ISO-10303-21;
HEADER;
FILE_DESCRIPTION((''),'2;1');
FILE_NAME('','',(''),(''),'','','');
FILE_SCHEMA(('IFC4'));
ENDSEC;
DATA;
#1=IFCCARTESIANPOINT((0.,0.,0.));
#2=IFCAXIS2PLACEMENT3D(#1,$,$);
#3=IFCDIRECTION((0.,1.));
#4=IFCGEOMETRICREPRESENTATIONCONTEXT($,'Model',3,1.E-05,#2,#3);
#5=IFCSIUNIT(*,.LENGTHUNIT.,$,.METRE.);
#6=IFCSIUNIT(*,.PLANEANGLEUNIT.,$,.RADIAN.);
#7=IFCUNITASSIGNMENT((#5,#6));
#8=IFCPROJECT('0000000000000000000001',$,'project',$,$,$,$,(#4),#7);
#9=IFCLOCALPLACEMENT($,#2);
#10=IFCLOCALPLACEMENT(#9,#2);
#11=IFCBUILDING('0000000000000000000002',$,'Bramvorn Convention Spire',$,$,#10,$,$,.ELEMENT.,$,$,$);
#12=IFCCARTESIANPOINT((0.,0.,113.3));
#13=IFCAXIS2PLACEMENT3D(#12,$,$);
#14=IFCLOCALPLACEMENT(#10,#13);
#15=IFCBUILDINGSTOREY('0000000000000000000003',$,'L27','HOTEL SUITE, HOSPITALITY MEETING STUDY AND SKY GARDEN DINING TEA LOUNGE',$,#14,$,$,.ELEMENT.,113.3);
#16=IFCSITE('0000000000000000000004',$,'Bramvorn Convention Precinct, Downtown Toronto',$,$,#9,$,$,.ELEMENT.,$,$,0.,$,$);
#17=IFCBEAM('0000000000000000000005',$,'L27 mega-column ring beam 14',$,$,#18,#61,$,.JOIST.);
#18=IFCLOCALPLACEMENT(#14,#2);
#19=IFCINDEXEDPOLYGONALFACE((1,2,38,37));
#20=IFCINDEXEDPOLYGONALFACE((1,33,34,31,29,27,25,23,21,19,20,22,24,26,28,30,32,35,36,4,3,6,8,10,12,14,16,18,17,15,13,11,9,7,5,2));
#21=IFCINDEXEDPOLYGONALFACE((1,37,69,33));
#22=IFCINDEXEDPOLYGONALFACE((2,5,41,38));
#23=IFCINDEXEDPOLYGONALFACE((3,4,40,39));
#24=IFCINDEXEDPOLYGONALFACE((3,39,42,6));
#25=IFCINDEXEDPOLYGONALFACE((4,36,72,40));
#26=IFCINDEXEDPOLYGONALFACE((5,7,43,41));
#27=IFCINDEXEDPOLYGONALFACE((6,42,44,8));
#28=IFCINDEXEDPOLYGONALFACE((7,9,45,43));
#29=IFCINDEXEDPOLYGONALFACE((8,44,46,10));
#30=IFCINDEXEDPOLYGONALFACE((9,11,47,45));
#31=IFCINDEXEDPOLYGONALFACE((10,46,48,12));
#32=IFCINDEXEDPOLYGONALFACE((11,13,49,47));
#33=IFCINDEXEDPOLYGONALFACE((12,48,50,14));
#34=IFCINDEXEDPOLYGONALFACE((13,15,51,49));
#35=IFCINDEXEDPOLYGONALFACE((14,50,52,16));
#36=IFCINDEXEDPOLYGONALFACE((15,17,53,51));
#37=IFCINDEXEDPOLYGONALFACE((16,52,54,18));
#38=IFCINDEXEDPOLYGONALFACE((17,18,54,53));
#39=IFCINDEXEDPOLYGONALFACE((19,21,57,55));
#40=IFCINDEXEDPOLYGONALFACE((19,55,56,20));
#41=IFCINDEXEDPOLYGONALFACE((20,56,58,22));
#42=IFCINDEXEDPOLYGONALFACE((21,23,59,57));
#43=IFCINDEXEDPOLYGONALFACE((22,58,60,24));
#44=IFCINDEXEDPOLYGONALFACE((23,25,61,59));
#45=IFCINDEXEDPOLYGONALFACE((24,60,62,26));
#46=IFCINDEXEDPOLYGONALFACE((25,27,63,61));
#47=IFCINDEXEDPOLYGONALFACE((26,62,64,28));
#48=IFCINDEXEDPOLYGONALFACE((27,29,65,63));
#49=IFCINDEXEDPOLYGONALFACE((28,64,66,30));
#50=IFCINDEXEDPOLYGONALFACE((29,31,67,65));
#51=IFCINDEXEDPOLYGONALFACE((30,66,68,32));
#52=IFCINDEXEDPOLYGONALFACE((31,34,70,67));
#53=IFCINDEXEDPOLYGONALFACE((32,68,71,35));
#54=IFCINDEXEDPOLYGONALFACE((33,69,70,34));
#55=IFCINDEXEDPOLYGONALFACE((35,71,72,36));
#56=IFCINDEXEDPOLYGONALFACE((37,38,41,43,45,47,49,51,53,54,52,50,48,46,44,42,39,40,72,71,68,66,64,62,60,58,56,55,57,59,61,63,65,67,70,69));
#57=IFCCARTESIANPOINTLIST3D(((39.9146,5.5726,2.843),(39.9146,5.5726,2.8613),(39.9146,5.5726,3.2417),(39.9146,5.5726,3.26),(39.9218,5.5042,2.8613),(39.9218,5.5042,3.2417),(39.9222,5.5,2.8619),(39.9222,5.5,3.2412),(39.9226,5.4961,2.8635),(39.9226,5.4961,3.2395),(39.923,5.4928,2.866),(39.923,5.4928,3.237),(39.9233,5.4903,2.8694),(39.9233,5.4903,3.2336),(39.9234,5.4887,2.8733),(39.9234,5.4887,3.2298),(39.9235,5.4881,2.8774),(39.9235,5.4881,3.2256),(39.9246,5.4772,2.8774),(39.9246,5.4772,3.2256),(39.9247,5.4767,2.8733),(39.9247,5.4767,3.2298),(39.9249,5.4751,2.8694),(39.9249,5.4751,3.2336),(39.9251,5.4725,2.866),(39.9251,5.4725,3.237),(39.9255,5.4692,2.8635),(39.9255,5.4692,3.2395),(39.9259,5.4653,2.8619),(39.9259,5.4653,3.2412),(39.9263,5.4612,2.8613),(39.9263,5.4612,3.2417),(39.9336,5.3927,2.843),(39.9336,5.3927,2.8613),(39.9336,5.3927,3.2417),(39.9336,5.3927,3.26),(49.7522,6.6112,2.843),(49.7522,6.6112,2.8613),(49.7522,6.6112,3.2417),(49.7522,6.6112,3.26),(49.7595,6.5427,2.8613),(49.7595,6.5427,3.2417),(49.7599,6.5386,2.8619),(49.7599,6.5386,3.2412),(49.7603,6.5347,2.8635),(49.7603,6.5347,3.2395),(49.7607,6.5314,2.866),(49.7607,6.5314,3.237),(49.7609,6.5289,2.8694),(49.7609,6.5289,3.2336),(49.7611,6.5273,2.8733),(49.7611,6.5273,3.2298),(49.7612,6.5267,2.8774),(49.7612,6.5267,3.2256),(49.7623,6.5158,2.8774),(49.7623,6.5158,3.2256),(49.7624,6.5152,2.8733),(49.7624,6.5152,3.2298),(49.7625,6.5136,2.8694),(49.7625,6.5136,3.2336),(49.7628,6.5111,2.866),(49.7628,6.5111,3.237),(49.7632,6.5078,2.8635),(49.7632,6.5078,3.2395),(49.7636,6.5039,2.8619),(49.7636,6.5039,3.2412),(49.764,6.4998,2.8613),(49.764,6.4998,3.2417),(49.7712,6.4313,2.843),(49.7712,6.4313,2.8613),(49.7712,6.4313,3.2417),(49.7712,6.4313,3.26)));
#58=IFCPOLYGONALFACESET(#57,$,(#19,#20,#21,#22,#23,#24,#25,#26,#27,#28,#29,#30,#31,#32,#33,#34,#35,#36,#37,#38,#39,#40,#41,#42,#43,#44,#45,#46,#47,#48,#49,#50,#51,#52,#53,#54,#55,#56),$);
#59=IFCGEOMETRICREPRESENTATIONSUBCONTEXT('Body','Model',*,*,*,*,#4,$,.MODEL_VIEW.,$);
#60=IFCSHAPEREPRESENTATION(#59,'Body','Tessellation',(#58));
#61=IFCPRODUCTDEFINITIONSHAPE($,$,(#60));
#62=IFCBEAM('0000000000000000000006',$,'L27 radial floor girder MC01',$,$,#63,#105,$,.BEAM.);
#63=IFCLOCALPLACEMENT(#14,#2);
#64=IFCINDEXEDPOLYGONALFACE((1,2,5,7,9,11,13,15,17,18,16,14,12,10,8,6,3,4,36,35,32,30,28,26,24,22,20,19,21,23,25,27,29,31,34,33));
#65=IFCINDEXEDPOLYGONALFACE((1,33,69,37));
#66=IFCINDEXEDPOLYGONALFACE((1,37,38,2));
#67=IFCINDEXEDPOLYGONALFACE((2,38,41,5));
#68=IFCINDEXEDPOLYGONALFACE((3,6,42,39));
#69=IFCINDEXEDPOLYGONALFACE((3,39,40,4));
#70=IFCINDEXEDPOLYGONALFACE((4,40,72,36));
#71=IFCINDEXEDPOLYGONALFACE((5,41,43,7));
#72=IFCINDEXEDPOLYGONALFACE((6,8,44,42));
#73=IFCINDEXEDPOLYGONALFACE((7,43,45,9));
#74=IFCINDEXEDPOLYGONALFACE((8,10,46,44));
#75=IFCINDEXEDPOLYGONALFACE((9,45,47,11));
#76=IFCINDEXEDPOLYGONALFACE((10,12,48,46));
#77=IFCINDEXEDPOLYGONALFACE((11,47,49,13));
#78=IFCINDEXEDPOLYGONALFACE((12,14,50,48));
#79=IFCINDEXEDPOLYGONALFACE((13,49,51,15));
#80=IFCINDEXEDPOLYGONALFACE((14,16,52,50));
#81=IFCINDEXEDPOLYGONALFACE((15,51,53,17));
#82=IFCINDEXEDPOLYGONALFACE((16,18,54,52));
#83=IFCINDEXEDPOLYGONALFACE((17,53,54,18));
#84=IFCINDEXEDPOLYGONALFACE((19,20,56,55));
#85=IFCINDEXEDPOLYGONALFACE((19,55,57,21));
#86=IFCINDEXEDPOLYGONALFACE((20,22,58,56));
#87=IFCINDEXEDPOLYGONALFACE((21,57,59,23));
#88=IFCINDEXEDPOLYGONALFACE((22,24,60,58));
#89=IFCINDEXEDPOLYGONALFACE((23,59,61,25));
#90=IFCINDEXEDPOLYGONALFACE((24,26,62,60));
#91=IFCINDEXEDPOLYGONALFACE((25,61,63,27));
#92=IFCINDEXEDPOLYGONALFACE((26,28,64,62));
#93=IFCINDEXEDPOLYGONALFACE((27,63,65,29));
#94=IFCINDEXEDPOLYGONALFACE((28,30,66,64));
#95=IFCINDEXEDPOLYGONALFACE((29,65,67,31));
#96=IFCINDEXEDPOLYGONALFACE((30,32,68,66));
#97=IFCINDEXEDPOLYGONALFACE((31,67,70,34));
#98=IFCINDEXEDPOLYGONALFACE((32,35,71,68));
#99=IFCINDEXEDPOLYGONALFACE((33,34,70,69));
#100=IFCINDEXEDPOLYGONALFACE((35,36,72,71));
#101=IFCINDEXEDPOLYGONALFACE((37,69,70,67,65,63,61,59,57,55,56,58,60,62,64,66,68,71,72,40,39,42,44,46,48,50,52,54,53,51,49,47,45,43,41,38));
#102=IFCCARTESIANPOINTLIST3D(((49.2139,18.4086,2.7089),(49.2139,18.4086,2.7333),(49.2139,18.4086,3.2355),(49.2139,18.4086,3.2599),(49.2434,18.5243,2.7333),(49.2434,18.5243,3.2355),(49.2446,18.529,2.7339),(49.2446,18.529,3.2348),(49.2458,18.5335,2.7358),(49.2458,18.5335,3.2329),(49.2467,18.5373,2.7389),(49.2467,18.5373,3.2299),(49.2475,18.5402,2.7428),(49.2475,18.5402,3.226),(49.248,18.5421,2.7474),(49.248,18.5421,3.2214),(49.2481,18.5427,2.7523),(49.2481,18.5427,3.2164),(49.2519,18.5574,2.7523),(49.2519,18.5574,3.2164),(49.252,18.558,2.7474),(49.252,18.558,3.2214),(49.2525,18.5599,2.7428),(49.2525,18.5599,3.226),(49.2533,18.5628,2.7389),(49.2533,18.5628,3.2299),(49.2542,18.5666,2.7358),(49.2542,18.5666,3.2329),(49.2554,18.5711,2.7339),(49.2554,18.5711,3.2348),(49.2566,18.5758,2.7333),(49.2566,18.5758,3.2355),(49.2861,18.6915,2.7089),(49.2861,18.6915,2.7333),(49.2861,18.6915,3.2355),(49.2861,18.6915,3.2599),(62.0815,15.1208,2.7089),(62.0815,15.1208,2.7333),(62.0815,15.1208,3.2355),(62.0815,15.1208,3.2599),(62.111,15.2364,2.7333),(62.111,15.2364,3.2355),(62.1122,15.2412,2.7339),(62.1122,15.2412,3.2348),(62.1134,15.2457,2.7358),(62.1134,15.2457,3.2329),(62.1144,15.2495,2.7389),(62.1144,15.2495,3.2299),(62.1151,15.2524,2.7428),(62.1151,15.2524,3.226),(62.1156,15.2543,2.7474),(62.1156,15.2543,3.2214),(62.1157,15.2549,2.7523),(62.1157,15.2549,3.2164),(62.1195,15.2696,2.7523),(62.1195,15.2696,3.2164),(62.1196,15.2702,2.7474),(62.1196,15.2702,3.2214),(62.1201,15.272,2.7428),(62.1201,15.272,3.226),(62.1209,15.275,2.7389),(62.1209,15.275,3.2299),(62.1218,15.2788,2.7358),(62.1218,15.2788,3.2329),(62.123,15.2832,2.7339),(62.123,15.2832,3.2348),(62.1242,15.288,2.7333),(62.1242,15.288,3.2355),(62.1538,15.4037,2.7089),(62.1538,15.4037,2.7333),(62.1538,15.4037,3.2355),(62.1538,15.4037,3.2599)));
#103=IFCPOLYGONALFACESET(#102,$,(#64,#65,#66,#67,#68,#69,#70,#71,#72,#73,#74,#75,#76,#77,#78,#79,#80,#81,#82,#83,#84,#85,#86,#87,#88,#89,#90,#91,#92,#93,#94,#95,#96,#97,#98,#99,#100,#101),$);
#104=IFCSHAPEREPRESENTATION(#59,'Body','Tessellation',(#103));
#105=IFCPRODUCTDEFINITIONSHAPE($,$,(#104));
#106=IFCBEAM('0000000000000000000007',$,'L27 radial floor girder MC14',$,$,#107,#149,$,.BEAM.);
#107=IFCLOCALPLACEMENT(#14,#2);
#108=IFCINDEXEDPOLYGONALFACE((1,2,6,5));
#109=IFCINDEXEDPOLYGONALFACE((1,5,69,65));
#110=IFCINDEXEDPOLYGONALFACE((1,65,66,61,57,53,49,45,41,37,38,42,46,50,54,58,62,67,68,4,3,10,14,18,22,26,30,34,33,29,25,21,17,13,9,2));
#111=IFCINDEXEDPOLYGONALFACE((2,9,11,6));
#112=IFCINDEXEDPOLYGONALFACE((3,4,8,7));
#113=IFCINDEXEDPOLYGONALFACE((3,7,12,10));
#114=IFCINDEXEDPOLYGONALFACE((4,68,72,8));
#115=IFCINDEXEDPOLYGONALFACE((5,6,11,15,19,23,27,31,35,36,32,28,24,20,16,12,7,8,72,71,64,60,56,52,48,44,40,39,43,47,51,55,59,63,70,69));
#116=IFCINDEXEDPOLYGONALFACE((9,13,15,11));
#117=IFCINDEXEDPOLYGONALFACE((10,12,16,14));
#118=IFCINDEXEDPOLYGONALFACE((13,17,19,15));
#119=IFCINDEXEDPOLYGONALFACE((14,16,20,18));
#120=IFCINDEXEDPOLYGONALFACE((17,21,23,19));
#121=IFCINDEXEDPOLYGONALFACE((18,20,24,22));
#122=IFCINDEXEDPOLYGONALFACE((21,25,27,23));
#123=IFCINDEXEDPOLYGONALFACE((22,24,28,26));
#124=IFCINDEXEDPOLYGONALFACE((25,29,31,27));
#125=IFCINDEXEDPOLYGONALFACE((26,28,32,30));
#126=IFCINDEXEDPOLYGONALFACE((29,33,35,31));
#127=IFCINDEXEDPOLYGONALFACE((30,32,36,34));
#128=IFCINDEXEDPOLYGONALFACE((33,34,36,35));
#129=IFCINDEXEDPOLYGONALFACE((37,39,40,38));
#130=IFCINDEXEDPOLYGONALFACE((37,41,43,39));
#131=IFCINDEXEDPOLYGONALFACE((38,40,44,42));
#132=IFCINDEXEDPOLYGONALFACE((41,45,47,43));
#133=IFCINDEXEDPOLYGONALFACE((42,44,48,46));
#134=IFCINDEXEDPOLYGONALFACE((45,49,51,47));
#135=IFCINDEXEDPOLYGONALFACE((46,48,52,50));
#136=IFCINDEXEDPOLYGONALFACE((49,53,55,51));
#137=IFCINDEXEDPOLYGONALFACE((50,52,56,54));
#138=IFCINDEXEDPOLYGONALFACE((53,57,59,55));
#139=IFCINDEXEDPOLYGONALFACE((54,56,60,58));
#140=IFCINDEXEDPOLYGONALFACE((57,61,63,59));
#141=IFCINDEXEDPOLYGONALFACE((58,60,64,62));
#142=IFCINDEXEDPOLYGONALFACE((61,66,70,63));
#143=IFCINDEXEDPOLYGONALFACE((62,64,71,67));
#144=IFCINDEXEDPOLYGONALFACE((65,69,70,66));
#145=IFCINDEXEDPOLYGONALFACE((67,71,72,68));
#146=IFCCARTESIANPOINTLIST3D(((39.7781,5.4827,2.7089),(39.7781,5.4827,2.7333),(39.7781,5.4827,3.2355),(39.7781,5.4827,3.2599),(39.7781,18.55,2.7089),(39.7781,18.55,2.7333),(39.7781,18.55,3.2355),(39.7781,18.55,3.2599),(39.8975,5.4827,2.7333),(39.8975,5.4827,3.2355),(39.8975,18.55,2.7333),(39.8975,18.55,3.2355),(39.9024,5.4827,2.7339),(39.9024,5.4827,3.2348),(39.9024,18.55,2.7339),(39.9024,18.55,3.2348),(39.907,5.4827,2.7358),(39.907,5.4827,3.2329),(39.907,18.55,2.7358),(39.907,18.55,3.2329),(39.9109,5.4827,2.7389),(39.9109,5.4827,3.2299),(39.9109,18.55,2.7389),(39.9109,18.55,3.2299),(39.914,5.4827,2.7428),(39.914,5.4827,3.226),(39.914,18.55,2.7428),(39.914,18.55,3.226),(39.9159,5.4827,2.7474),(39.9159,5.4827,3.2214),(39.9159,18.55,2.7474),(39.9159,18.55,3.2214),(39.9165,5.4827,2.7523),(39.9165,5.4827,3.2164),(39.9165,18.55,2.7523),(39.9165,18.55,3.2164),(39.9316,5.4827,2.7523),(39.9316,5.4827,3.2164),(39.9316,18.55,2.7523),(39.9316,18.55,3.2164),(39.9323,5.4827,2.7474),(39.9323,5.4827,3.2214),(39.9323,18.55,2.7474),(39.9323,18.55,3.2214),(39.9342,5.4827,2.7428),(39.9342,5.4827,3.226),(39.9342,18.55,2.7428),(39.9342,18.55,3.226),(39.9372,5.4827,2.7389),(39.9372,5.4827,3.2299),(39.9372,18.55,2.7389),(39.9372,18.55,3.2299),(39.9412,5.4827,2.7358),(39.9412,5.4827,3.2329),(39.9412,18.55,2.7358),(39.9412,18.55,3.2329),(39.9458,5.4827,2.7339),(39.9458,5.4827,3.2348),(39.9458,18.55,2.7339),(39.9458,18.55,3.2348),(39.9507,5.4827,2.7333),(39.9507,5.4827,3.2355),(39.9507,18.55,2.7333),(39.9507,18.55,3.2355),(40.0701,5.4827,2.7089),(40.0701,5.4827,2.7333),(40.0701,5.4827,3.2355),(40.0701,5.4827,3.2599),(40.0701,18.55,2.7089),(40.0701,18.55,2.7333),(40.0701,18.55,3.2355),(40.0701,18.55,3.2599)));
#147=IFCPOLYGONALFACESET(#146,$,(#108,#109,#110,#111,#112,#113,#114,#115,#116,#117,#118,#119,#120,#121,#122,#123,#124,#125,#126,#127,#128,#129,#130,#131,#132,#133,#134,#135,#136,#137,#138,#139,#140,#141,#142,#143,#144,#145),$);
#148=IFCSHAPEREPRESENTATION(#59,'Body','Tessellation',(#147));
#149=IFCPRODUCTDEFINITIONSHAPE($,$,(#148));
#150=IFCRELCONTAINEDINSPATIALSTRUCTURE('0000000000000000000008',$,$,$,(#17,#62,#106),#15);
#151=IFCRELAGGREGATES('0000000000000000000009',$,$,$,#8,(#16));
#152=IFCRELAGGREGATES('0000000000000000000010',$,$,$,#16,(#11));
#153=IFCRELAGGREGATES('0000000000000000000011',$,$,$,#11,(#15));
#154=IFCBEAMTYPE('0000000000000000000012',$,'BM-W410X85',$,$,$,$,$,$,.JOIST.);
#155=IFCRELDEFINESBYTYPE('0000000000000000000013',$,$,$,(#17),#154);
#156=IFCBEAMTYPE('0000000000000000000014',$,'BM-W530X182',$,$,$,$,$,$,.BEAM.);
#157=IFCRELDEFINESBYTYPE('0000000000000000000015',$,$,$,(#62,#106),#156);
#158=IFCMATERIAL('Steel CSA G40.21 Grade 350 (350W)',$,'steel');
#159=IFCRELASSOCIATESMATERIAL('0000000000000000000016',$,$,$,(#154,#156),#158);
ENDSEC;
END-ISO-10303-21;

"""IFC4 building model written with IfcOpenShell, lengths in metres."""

from ifc_helpers import new_model, si_unit, direction, frame, origin, origin_2d, place, context, subcontext, project, spatial, i_section, extrude, material, material_profile, profile_set, type_object, element, save


model = new_model("IFC4")

# Units and contexts
model_context = context("Model", 3, precision=1e-05, world=origin(), true_north=direction((0.0, 1.0)))
body_context = subcontext(model_context, "Body", "Model", "MODEL_VIEW")
ifc_project = project(units=[si_unit("LENGTHUNIT", "METRE"), si_unit("PLANEANGLEUNIT", "RADIAN")], contexts=[model_context])

# Site, building, storey
site_placement = place(None, origin())
site = spatial("IfcSite", under=ifc_project, at=site_placement, Name="Bramvorn Convention Precinct, Downtown Toronto", CompositionType="ELEMENT", RefElevation=0.0)
building_placement = place(site_placement, origin())
building = spatial("IfcBuilding", under=site, at=building_placement, Name="Bramvorn Convention Spire", CompositionType="ELEMENT")
storey_placement = place(building_placement, frame((0.0, 0.0, 113.3)))
storey = spatial("IfcBuildingStorey", under=building, at=storey_placement, Name="L27", Description="HOTEL SUITE, HOSPITALITY MEETING STUDY AND SKY GARDEN DINING TEA LOUNGE", CompositionType="ELEMENT", Elevation=113.3)

# Shared definitions
ifc_material_1 = material(Name="Steel CSA G40.21 Grade 350 (350W)", Category="steel")

# Beams
ifc_material_profile_1 = material_profile(ifc_material_1, i_section(OverallWidth=0.1809, OverallDepth=0.417, WebThickness=0.011, FlangeThickness=0.0183, FilletRadius=0.0161, at=origin_2d()))
ifc_profile_set_1 = profile_set([ifc_material_profile_1], Name="Steel CSA G40.21 Grade 350 (350W) - W410X85")
beam_type_1 = type_object("IfcBeamType", Name="BM-W410X85", PredefinedType="JOIST", material=ifc_profile_set_1)
beam_1_placement = place(storey_placement, frame((39.9241, 5.4827, 3.0515), z_axis=(0.994473, 0.104988, 0.0), x_axis=(-0.104988, 0.994473, 0.0)))
element("IfcBeam", 1, at=beam_1_placement, inside=storey, type_object=beam_type_1, Name="L27 mega-column ring beam 14", PredefinedType="JOIST", context=body_context, shape_type="SweptSolid", body=[
    extrude(i_section(OverallWidth=0.1809, OverallDepth=0.417, WebThickness=0.011, FlangeThickness=0.0183, FilletRadius=0.0161, at=origin_2d()), origin(), (0.0, 0.0, 1.0), 9.8923),
])
ifc_material_profile_2 = material_profile(ifc_material_1, i_section(OverallWidth=0.292, OverallDepth=0.551, WebThickness=0.0151, FlangeThickness=0.0244, FilletRadius=0.019, at=origin_2d()))
ifc_profile_set_2 = profile_set([ifc_material_profile_2], Name="Steel CSA G40.21 Grade 350 (350W) - W530X182")
beam_type_2 = type_object("IfcBeamType", Name="BM-W530X182", PredefinedType="BEAM", material=ifc_profile_set_2)
beam_2_placement = place(storey_placement, frame((49.25, 18.55, 2.9844), z_axis=(0.968873, -0.247558, 0.0), x_axis=(0.247558, 0.968873, 0.0)))
element("IfcBeam", 2, at=beam_2_placement, inside=storey, type_object=beam_type_2, Name="L27 radial floor girder MC01", PredefinedType="BEAM", context=body_context, shape_type="SweptSolid", body=[
    extrude(i_section(OverallWidth=0.292, OverallDepth=0.551, WebThickness=0.0151, FlangeThickness=0.0244, FilletRadius=0.019, at=origin_2d()), origin(), (0.0, 0.0, 1.0), 13.281),
])
beam_3_placement = place(storey_placement, frame((39.9241, 18.55, 2.9844), z_axis=(0.0, -1.0, 0.0), x_axis=(1.0, 0.0, 0.0)))
element("IfcBeam", 3, at=beam_3_placement, inside=storey, type_object=beam_type_2, Name="L27 radial floor girder MC14", PredefinedType="BEAM", context=body_context, shape_type="SweptSolid", body=[
    extrude(i_section(OverallWidth=0.292, OverallDepth=0.551, WebThickness=0.0151, FlangeThickness=0.0244, FilletRadius=0.019, at=origin_2d()), origin(), (0.0, 0.0, 1.0), 13.0674),
])

save(model, "model.ifc")
